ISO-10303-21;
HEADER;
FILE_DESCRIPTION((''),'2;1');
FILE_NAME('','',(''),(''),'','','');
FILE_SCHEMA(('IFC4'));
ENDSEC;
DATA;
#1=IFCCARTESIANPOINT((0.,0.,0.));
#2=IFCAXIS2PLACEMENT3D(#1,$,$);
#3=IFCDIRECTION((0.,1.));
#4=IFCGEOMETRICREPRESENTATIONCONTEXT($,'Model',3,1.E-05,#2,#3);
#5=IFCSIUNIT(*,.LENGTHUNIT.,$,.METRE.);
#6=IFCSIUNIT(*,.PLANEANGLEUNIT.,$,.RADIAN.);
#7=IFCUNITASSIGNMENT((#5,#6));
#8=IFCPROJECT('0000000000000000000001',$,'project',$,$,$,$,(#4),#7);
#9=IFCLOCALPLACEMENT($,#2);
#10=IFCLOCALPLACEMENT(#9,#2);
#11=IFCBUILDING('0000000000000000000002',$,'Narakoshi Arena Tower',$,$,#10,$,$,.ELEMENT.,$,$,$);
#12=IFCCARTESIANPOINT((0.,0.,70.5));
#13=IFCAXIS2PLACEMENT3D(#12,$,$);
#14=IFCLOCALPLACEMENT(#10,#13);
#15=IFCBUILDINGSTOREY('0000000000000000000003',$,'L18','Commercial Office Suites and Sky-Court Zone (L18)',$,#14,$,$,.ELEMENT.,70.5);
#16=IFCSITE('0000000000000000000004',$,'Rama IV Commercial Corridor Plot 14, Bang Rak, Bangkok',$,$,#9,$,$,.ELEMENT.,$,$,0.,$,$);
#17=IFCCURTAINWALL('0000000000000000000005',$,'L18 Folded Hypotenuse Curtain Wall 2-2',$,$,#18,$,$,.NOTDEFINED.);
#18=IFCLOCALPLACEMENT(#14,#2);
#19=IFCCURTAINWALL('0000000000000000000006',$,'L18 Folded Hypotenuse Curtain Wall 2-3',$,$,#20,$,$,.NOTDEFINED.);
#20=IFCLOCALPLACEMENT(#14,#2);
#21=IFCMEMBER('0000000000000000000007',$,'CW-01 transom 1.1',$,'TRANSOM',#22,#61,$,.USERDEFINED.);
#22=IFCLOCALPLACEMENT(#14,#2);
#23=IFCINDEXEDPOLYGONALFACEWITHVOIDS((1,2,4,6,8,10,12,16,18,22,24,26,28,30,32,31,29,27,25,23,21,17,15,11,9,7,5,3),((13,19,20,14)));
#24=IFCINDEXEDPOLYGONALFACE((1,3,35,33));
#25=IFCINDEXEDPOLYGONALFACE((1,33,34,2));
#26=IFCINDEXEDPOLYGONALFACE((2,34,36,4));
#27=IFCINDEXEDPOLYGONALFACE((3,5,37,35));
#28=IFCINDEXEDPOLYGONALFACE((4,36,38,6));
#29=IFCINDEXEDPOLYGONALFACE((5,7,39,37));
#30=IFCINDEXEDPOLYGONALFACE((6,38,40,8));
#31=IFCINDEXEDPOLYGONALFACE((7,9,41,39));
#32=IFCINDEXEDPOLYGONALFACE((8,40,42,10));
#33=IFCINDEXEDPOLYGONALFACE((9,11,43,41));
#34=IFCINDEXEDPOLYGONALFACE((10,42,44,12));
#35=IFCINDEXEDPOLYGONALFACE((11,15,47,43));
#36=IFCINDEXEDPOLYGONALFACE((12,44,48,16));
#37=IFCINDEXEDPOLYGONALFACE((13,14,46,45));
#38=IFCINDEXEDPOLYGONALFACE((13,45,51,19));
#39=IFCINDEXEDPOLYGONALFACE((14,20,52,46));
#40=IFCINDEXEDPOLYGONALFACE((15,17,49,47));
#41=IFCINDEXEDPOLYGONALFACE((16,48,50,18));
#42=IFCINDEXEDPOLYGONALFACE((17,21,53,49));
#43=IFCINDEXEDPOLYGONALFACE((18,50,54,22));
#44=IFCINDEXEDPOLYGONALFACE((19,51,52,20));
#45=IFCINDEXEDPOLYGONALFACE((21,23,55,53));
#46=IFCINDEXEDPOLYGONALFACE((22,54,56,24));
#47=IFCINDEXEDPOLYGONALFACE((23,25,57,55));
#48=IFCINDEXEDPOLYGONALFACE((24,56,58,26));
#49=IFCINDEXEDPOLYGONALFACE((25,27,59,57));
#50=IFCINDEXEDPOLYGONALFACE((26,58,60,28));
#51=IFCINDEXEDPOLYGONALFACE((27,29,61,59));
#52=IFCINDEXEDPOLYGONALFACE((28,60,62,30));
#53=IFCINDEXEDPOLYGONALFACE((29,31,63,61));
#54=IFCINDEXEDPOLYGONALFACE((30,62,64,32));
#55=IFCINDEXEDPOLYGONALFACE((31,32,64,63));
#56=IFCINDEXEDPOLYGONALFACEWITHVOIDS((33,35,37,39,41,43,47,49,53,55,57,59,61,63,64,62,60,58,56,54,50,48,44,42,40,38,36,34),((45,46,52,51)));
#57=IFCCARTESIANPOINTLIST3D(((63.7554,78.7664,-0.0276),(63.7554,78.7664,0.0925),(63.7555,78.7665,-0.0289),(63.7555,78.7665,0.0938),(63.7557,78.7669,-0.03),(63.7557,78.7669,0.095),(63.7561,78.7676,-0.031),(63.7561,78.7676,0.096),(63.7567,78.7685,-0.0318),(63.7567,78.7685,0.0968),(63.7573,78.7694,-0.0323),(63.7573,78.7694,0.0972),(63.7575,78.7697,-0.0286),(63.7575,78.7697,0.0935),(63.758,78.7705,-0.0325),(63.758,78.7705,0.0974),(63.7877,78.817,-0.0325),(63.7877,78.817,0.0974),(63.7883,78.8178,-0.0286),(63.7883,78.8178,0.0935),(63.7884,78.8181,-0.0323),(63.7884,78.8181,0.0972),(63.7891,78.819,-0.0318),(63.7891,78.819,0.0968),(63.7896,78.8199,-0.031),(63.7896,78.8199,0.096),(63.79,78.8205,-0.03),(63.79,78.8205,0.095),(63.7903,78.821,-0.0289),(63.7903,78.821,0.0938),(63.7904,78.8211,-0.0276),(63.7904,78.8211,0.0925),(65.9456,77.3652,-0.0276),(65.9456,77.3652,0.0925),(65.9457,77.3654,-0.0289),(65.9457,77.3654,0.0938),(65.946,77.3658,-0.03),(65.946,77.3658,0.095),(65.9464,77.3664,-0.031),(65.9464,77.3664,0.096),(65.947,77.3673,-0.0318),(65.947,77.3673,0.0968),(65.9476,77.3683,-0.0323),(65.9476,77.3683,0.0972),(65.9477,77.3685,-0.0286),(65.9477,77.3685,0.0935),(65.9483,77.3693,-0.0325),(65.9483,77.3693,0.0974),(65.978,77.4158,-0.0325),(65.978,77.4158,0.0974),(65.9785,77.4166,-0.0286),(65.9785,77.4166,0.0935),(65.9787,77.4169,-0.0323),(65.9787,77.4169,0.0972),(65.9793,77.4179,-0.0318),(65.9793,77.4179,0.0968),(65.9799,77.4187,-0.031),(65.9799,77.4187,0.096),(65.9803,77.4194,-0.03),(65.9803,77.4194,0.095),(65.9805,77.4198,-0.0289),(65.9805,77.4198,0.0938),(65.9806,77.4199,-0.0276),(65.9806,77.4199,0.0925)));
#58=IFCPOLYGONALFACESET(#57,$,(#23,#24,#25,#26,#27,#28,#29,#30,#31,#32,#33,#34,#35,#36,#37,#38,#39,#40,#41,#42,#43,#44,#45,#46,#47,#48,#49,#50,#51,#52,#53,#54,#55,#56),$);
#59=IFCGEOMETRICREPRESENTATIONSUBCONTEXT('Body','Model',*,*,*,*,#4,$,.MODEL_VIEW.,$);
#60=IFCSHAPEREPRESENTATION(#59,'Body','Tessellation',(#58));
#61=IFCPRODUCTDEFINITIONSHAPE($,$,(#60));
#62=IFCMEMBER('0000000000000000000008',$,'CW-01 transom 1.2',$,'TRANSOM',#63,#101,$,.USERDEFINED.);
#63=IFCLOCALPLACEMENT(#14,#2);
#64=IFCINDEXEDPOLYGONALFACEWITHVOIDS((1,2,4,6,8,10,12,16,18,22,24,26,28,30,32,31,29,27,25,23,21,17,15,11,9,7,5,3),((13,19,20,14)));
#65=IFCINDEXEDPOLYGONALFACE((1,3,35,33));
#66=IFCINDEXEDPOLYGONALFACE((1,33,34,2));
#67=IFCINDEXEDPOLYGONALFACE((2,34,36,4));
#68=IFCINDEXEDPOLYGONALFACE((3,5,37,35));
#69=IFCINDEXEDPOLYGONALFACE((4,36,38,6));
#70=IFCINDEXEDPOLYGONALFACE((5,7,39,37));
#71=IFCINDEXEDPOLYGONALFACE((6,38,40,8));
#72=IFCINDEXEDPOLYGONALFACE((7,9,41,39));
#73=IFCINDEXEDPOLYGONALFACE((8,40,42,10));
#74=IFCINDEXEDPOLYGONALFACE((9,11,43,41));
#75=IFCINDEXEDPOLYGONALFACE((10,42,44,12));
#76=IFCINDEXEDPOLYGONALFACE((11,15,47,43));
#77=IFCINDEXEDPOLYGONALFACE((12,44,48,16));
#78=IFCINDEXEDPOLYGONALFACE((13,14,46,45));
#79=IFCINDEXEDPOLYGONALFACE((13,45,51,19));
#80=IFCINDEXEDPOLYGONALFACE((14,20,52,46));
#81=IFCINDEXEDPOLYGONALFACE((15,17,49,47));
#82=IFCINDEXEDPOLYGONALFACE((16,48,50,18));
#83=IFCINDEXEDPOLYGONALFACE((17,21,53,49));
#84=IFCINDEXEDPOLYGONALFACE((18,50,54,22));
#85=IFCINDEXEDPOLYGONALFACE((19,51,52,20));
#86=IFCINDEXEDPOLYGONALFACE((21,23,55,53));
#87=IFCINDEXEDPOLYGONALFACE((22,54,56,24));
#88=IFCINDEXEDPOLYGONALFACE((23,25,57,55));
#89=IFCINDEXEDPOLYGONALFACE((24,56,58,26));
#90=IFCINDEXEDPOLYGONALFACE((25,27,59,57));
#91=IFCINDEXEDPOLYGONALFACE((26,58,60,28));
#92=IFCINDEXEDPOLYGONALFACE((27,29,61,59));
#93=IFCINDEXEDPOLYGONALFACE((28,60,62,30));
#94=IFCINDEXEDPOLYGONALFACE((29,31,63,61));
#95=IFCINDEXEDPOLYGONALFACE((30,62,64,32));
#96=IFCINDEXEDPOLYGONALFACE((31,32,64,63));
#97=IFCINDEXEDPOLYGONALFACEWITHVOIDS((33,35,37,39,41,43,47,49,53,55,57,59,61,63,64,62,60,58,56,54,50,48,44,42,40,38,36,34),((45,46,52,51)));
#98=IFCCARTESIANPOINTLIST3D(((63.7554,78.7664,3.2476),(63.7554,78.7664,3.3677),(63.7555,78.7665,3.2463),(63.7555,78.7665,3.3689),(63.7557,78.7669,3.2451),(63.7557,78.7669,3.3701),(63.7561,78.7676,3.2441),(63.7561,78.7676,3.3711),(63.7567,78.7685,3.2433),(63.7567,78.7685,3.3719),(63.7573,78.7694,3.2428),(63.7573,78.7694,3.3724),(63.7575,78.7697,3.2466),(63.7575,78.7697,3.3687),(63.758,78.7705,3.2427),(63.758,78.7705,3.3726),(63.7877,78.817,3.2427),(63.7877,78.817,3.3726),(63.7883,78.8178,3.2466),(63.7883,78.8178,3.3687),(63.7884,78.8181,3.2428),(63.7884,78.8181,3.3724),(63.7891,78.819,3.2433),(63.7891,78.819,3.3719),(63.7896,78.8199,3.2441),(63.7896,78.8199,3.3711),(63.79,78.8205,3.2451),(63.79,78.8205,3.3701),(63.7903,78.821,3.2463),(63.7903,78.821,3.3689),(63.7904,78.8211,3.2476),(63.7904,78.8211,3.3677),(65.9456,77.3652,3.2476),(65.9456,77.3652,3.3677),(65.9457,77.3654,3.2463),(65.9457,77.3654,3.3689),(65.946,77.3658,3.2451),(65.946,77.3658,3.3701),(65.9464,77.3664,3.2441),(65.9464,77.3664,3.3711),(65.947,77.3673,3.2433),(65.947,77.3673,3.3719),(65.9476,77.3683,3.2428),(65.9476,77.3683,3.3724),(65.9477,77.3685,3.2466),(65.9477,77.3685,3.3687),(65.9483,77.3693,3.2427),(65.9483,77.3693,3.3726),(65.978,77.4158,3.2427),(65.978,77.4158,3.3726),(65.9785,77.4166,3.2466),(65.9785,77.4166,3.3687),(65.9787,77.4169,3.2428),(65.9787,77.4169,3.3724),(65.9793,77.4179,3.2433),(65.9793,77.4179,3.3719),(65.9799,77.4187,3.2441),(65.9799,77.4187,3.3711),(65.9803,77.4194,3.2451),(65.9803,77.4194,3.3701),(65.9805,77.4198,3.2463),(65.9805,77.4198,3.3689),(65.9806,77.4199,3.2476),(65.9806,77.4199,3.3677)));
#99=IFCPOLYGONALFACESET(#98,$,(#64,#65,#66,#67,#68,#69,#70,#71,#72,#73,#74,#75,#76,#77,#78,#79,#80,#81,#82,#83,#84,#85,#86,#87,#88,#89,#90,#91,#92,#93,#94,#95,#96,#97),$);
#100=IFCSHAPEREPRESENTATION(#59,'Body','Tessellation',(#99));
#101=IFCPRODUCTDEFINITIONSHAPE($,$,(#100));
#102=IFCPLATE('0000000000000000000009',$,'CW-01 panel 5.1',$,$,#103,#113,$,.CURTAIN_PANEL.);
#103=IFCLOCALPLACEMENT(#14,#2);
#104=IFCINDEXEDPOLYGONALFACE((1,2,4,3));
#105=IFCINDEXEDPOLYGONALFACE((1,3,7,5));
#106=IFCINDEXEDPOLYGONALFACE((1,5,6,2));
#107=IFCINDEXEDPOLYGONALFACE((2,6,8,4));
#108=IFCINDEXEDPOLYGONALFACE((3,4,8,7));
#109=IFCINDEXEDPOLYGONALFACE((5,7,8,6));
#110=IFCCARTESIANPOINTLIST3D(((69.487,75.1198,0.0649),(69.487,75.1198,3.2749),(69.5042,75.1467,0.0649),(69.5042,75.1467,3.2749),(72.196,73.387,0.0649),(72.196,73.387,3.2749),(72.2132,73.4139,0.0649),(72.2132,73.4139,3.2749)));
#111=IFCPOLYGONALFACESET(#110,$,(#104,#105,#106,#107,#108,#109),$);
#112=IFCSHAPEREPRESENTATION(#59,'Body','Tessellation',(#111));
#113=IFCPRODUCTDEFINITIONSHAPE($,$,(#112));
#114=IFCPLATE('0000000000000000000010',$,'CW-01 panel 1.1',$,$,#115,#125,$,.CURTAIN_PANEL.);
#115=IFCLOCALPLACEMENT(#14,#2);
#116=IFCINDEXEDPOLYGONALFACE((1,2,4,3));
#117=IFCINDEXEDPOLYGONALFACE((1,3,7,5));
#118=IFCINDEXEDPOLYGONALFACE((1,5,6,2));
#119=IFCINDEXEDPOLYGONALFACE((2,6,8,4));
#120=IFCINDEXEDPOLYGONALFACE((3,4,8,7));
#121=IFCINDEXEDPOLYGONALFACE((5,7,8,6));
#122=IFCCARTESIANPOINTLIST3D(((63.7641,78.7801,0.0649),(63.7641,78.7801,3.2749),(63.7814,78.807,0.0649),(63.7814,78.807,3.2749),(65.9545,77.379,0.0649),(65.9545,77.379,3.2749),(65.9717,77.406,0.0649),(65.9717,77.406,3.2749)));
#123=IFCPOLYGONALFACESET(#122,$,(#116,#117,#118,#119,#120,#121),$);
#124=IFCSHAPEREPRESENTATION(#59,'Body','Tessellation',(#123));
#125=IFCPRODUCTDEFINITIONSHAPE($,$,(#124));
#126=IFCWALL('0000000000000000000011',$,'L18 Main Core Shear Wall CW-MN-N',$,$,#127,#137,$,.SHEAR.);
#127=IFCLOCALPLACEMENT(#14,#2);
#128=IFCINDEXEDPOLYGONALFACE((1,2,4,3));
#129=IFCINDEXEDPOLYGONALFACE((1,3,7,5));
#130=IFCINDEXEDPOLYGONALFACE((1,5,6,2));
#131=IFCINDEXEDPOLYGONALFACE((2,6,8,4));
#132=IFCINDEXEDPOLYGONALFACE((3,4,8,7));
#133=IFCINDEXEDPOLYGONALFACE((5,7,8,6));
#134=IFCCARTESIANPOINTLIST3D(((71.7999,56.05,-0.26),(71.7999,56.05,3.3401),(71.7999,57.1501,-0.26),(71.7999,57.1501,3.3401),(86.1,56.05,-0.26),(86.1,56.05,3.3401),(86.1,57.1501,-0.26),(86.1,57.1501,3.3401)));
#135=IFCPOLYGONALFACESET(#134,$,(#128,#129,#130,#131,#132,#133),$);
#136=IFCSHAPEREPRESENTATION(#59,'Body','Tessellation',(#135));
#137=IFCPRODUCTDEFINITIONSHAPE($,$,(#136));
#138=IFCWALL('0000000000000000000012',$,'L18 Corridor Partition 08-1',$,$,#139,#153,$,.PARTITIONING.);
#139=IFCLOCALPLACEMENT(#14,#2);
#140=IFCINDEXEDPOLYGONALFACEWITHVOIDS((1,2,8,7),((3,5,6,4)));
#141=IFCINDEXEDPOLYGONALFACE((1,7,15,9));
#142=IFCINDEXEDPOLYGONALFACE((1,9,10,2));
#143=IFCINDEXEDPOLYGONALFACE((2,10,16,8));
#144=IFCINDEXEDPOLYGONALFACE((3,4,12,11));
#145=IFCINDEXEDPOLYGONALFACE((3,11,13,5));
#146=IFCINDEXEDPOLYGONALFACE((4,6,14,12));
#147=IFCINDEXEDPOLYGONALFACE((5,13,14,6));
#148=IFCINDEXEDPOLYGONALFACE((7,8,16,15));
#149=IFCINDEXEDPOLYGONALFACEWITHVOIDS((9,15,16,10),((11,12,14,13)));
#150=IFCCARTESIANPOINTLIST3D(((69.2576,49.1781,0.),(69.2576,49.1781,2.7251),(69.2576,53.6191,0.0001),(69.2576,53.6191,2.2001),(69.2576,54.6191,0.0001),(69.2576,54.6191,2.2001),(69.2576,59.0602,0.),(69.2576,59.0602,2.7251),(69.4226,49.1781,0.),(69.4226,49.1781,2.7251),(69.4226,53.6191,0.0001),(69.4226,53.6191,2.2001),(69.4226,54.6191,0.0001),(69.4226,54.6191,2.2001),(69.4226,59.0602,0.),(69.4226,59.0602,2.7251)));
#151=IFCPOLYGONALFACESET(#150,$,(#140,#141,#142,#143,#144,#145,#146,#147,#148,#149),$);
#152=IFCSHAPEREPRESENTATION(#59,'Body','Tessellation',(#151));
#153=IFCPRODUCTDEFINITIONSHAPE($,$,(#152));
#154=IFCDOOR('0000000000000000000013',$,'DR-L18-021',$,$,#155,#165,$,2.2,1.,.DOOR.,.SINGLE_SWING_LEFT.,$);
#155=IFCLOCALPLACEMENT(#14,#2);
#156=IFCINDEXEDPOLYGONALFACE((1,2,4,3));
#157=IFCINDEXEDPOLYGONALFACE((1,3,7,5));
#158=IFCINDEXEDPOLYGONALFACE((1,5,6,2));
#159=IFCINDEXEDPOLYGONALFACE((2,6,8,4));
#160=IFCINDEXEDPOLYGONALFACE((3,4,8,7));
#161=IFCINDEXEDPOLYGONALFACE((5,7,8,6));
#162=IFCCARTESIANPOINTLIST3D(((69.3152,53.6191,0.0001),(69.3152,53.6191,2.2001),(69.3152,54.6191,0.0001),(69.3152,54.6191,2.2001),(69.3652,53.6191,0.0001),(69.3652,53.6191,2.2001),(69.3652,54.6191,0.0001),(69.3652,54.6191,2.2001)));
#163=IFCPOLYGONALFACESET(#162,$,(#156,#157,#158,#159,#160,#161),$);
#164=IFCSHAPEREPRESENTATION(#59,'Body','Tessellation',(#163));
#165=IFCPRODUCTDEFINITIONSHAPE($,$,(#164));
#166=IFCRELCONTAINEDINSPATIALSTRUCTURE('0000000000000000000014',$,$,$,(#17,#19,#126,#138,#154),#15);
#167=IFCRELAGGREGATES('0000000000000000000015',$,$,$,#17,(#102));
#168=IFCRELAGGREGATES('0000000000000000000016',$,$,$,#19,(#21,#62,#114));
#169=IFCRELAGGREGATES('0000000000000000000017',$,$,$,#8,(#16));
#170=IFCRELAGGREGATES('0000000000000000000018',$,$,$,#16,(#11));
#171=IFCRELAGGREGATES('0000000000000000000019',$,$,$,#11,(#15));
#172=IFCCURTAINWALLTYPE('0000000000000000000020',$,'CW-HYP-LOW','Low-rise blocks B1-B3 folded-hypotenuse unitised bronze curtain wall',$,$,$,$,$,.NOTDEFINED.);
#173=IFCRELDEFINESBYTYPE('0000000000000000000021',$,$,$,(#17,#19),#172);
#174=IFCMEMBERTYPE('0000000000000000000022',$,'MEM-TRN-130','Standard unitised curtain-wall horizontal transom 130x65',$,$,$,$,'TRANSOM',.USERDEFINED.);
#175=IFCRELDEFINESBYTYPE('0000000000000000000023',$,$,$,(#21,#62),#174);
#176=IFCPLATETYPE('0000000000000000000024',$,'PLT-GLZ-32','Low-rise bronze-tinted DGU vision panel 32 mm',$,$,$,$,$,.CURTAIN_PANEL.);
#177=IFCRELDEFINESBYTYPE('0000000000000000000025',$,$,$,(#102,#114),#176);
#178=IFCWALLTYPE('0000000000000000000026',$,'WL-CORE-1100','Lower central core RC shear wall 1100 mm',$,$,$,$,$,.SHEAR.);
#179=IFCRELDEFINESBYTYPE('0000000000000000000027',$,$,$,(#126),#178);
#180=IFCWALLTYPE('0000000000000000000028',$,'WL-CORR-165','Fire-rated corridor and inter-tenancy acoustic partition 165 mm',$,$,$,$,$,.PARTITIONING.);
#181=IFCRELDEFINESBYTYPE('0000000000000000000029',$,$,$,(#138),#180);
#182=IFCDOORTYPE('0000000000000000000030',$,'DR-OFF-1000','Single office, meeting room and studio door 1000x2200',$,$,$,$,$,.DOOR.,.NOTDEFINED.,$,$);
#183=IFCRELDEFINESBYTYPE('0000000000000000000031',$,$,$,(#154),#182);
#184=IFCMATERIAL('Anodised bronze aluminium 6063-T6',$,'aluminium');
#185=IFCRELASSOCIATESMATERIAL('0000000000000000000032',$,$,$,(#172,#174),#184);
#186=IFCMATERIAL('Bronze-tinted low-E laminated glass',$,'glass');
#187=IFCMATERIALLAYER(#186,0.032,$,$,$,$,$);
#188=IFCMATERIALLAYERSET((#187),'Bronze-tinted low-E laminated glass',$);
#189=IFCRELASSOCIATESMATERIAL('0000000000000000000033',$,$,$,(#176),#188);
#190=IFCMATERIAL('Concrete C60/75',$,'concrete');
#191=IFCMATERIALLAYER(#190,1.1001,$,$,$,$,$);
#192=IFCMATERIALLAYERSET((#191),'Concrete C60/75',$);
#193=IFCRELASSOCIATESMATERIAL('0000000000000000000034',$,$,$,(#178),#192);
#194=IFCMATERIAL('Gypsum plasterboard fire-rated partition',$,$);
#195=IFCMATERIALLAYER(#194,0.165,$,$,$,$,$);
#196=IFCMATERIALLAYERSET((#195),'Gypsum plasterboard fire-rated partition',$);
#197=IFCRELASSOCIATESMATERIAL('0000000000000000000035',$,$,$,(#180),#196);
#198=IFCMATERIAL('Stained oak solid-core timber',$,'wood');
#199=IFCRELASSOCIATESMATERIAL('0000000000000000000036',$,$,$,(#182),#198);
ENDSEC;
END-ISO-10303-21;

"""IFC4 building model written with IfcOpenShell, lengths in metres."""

from ifc_helpers import new_model, si_unit, direction, frame, frame_2d, origin, origin_2d, place, context, subcontext, project, spatial, rectangle, hollow_rectangle, extrude, material, layer, layer_set, material_profile, profile_set, type_object, element, fill, aggregate, save


model = new_model("IFC4")

# Units and contexts
model_context = context("Model", 3, precision=1e-05, world=origin(), true_north=direction((0.0, 1.0)))
body_context = subcontext(model_context, "Body", "Model", "MODEL_VIEW")
ifc_project = project(units=[si_unit("LENGTHUNIT", "METRE"), si_unit("PLANEANGLEUNIT", "RADIAN")], contexts=[model_context])

# Site, building, storey
site_placement = place(None, origin())
site = spatial("IfcSite", under=ifc_project, at=site_placement, Name="Rama IV Commercial Corridor Plot 14, Bang Rak, Bangkok", CompositionType="ELEMENT", RefElevation=0.0)
building_placement = place(site_placement, origin())
building = spatial("IfcBuilding", under=site, at=building_placement, Name="Narakoshi Arena Tower", CompositionType="ELEMENT")
storey_placement = place(building_placement, frame((0.0, 0.0, 70.5)))
storey = spatial("IfcBuildingStorey", under=building, at=storey_placement, Name="L18", Description="Commercial Office Suites and Sky-Court Zone (L18)", CompositionType="ELEMENT", Elevation=70.5)

# Shared definitions
ifc_material_1 = material(Name="Concrete C60/75", Category="concrete")

# Curtain wall
ifc_material_2 = material(Name="Anodised bronze aluminium 6063-T6", Category="aluminium")
curtain_wall_type = type_object("IfcCurtainWallType", Name="CW-HYP-LOW", Description="Low-rise blocks B1-B3 folded-hypotenuse unitised bronze curtain wall", PredefinedType="NOTDEFINED", material=ifc_material_2)
curtain_wall_1_placement = place(storey_placement, origin())
curtain_wall_1 = element("IfcCurtainWall", 1, at=curtain_wall_1_placement, inside=storey, type_object=curtain_wall_type, Name="L18 Folded Hypotenuse Curtain Wall 2-2", PredefinedType="NOTDEFINED")

# Curtain wall
curtain_wall_2_placement = place(storey_placement, origin())
curtain_wall_2 = element("IfcCurtainWall", 2, at=curtain_wall_2_placement, inside=storey, type_object=curtain_wall_type, Name="L18 Folded Hypotenuse Curtain Wall 2-3", PredefinedType="NOTDEFINED")

# Members
ifc_material_profile_1 = material_profile(ifc_material_2, hollow_rectangle(XDim=0.0649, YDim=0.1299, WallThickness=0.0039, OuterFilletRadius=0.0049, at=origin_2d()), Name="TRN130x65x4")
ifc_profile_set_1 = profile_set([ifc_material_profile_1], Name="Anodised bronze aluminium 6063-T6")
member_type_1 = type_object("IfcMemberType", Name="MEM-TRN-130", Description="Standard unitised curtain-wall horizontal transom 130x65", ElementType="TRANSOM", PredefinedType="USERDEFINED", material=ifc_profile_set_1)
member_1_placement = place(storey_placement, frame((65.9631, 77.3926, 0.0325), z_axis=(-0.842375, 0.538891, 0.0), x_axis=(-0.538891, -0.842375, 0.0)))
member_1 = element("IfcMember", 3, at=member_1_placement, type_object=member_type_1, Name="CW-01 transom 1.1", ObjectType="TRANSOM", PredefinedType="USERDEFINED", context=body_context, shape_type="SweptSolid", body=[
    extrude(hollow_rectangle(XDim=0.0649, YDim=0.1299, WallThickness=0.0039, OuterFilletRadius=0.0049, at=origin_2d()), origin(), (0.0, 0.0, 1.0), 2.6001),
])
member_2_placement = place(storey_placement, frame((65.9631, 77.3926, 3.3076), z_axis=(-0.842375, 0.538891, 0.0), x_axis=(-0.538891, -0.842375, 0.0)))
member_2 = element("IfcMember", 4, at=member_2_placement, type_object=member_type_1, Name="CW-01 transom 1.2", ObjectType="TRANSOM", PredefinedType="USERDEFINED", context=body_context, shape_type="SweptSolid", body=[
    extrude(hollow_rectangle(XDim=0.0649, YDim=0.1299, WallThickness=0.0039, OuterFilletRadius=0.0049, at=origin_2d()), origin(), (0.0, 0.0, 1.0), 2.6001),
])

# Plates
ifc_material_3 = material(Name="Bronze-tinted low-E laminated glass", Category="glass")
ifc_layer_1 = layer(ifc_material_3, 0.032)
ifc_layer_set_1 = layer_set([ifc_layer_1], Name="Bronze-tinted low-E laminated glass")
plate_type = type_object("IfcPlateType", Name="PLT-GLZ-32", Description="Low-rise bronze-tinted DGU vision panel 32 mm", PredefinedType="CURTAIN_PANEL", material=ifc_layer_set_1)
plate_1_placement = place(storey_placement, frame((70.8501, 74.2668, 0.0649), z_axis=(0.0, 0.0, 1.0), x_axis=(-0.842415, 0.538829, 0.0)))
plate_1 = element("IfcPlate", 5, at=plate_1_placement, type_object=plate_type, Name="CW-01 panel 5.1", PredefinedType="CURTAIN_PANEL", context=body_context, shape_type="SweptSolid", body=[
    extrude(rectangle(XDim=3.2158, YDim=0.032, at=origin_2d()), origin(), (0.0, 0.0, 1.0), 3.21),
])
aggregate(curtain_wall_1, [plate_1])
plate_2_placement = place(storey_placement, frame((64.8679, 78.093, 0.0649), z_axis=(0.0, 0.0, 1.0), x_axis=(-0.842407, 0.538841, 0.0)))
plate_2 = element("IfcPlate", 6, at=plate_2_placement, type_object=plate_type, Name="CW-01 panel 1.1", PredefinedType="CURTAIN_PANEL", context=body_context, shape_type="SweptSolid", body=[
    extrude(rectangle(XDim=2.6001, YDim=0.032, at=origin_2d()), origin(), (0.0, 0.0, 1.0), 3.21),
])
aggregate(curtain_wall_2, [member_1, member_2, plate_2])

# Wall
ifc_layer_2 = layer(ifc_material_1, 1.1001)
ifc_layer_set_2 = layer_set([ifc_layer_2], Name="Concrete C60/75")
wall_type_1 = type_object("IfcWallType", Name="WL-CORE-1100", Description="Lower central core RC shear wall 1100 mm", PredefinedType="SHEAR", material=ifc_layer_set_2)
wall_1_placement = place(storey_placement, frame((71.8, 56.6001, -0.26), z_axis=(0.0, 0.0, 1.0), x_axis=(1.0, 0.0, 0.0)))
element("IfcWall", 7, at=wall_1_placement, inside=storey, type_object=wall_type_1, Name="L18 Main Core Shear Wall CW-MN-N", PredefinedType="SHEAR", context=body_context, shape_type="SweptSolid", body=[
    extrude(rectangle(XDim=14.3, YDim=1.1001, at=frame_2d((7.1499, 0.0))), origin(), (0.0, 0.0, 1.0), 3.6001),
])

# Wall, opening, door
ifc_material_4 = material(Name="Gypsum plasterboard fire-rated partition")
ifc_layer_3 = layer(ifc_material_4, 0.165)
ifc_layer_set_3 = layer_set([ifc_layer_3], Name="Gypsum plasterboard fire-rated partition")
wall_type_2 = type_object("IfcWallType", Name="WL-CORR-165", Description="Fire-rated corridor and inter-tenancy acoustic partition 165 mm", PredefinedType="PARTITIONING", material=ifc_layer_set_3)
wall_2_placement = place(storey_placement, frame((69.3401, 59.0601, 0.0), z_axis=(0.0, 0.0, 1.0), x_axis=(0.0, -1.0, 0.0)))
wall_2 = element("IfcWall", 8, at=wall_2_placement, inside=storey, type_object=wall_type_2, Name="L18 Corridor Partition 08-1", PredefinedType="PARTITIONING", context=body_context, shape_type="SweptSolid", body=[
    extrude(rectangle(XDim=9.8821, YDim=0.165, at=frame_2d((4.9409, 0.0))), origin(), (0.0, 0.0, 1.0), 2.7251),
])
opening_1_placement = place(wall_2_placement, frame((4.4409, 0.0, 0.0)))
opening_1 = element("IfcOpeningElement", 9, at=opening_1_placement, cuts=wall_2, PredefinedType="OPENING", context=body_context, shape_type="SweptSolid", body=[
    extrude(rectangle(XDim=1.0, YDim=2.2, at=frame_2d((0.5, 1.1001))), frame((0.0, 0.0925, 0.0), z_axis=(0.0, -1.0, 0.0), x_axis=(1.0, 0.0, 0.0)), (0.0, 0.0, 1.0), 0.1851),
])
ifc_material_5 = material(Name="Stained oak solid-core timber", Category="wood")
door_type = type_object("IfcDoorType", Name="DR-OFF-1000", Description="Single office, meeting room and studio door 1000x2200", OperationType="NOTDEFINED", PredefinedType="DOOR", material=ifc_material_5)
door_placement = place(opening_1_placement, frame((1.0, 0.0, 0.0), z_axis=(0.0, 0.0, 1.0), x_axis=(-1.0, 0.0, 0.0)))
door = element("IfcDoor", 10, at=door_placement, inside=storey, type_object=door_type, Name="DR-L18-021", OperationType="SINGLE_SWING_LEFT", OverallHeight=2.2, OverallWidth=1.0, PredefinedType="DOOR", context=body_context, shape_type="SweptSolid", body=[
    extrude(rectangle(XDim=1.0, YDim=2.2, at=frame_2d((0.5, 1.1001))), frame((0.0, 0.0249, 0.0), z_axis=(0.0, -1.0, 0.0), x_axis=(1.0, 0.0, 0.0)), (0.0, 0.0, 1.0), 0.05),
])
fill(opening_1, door)

save(model, "model.ifc")
